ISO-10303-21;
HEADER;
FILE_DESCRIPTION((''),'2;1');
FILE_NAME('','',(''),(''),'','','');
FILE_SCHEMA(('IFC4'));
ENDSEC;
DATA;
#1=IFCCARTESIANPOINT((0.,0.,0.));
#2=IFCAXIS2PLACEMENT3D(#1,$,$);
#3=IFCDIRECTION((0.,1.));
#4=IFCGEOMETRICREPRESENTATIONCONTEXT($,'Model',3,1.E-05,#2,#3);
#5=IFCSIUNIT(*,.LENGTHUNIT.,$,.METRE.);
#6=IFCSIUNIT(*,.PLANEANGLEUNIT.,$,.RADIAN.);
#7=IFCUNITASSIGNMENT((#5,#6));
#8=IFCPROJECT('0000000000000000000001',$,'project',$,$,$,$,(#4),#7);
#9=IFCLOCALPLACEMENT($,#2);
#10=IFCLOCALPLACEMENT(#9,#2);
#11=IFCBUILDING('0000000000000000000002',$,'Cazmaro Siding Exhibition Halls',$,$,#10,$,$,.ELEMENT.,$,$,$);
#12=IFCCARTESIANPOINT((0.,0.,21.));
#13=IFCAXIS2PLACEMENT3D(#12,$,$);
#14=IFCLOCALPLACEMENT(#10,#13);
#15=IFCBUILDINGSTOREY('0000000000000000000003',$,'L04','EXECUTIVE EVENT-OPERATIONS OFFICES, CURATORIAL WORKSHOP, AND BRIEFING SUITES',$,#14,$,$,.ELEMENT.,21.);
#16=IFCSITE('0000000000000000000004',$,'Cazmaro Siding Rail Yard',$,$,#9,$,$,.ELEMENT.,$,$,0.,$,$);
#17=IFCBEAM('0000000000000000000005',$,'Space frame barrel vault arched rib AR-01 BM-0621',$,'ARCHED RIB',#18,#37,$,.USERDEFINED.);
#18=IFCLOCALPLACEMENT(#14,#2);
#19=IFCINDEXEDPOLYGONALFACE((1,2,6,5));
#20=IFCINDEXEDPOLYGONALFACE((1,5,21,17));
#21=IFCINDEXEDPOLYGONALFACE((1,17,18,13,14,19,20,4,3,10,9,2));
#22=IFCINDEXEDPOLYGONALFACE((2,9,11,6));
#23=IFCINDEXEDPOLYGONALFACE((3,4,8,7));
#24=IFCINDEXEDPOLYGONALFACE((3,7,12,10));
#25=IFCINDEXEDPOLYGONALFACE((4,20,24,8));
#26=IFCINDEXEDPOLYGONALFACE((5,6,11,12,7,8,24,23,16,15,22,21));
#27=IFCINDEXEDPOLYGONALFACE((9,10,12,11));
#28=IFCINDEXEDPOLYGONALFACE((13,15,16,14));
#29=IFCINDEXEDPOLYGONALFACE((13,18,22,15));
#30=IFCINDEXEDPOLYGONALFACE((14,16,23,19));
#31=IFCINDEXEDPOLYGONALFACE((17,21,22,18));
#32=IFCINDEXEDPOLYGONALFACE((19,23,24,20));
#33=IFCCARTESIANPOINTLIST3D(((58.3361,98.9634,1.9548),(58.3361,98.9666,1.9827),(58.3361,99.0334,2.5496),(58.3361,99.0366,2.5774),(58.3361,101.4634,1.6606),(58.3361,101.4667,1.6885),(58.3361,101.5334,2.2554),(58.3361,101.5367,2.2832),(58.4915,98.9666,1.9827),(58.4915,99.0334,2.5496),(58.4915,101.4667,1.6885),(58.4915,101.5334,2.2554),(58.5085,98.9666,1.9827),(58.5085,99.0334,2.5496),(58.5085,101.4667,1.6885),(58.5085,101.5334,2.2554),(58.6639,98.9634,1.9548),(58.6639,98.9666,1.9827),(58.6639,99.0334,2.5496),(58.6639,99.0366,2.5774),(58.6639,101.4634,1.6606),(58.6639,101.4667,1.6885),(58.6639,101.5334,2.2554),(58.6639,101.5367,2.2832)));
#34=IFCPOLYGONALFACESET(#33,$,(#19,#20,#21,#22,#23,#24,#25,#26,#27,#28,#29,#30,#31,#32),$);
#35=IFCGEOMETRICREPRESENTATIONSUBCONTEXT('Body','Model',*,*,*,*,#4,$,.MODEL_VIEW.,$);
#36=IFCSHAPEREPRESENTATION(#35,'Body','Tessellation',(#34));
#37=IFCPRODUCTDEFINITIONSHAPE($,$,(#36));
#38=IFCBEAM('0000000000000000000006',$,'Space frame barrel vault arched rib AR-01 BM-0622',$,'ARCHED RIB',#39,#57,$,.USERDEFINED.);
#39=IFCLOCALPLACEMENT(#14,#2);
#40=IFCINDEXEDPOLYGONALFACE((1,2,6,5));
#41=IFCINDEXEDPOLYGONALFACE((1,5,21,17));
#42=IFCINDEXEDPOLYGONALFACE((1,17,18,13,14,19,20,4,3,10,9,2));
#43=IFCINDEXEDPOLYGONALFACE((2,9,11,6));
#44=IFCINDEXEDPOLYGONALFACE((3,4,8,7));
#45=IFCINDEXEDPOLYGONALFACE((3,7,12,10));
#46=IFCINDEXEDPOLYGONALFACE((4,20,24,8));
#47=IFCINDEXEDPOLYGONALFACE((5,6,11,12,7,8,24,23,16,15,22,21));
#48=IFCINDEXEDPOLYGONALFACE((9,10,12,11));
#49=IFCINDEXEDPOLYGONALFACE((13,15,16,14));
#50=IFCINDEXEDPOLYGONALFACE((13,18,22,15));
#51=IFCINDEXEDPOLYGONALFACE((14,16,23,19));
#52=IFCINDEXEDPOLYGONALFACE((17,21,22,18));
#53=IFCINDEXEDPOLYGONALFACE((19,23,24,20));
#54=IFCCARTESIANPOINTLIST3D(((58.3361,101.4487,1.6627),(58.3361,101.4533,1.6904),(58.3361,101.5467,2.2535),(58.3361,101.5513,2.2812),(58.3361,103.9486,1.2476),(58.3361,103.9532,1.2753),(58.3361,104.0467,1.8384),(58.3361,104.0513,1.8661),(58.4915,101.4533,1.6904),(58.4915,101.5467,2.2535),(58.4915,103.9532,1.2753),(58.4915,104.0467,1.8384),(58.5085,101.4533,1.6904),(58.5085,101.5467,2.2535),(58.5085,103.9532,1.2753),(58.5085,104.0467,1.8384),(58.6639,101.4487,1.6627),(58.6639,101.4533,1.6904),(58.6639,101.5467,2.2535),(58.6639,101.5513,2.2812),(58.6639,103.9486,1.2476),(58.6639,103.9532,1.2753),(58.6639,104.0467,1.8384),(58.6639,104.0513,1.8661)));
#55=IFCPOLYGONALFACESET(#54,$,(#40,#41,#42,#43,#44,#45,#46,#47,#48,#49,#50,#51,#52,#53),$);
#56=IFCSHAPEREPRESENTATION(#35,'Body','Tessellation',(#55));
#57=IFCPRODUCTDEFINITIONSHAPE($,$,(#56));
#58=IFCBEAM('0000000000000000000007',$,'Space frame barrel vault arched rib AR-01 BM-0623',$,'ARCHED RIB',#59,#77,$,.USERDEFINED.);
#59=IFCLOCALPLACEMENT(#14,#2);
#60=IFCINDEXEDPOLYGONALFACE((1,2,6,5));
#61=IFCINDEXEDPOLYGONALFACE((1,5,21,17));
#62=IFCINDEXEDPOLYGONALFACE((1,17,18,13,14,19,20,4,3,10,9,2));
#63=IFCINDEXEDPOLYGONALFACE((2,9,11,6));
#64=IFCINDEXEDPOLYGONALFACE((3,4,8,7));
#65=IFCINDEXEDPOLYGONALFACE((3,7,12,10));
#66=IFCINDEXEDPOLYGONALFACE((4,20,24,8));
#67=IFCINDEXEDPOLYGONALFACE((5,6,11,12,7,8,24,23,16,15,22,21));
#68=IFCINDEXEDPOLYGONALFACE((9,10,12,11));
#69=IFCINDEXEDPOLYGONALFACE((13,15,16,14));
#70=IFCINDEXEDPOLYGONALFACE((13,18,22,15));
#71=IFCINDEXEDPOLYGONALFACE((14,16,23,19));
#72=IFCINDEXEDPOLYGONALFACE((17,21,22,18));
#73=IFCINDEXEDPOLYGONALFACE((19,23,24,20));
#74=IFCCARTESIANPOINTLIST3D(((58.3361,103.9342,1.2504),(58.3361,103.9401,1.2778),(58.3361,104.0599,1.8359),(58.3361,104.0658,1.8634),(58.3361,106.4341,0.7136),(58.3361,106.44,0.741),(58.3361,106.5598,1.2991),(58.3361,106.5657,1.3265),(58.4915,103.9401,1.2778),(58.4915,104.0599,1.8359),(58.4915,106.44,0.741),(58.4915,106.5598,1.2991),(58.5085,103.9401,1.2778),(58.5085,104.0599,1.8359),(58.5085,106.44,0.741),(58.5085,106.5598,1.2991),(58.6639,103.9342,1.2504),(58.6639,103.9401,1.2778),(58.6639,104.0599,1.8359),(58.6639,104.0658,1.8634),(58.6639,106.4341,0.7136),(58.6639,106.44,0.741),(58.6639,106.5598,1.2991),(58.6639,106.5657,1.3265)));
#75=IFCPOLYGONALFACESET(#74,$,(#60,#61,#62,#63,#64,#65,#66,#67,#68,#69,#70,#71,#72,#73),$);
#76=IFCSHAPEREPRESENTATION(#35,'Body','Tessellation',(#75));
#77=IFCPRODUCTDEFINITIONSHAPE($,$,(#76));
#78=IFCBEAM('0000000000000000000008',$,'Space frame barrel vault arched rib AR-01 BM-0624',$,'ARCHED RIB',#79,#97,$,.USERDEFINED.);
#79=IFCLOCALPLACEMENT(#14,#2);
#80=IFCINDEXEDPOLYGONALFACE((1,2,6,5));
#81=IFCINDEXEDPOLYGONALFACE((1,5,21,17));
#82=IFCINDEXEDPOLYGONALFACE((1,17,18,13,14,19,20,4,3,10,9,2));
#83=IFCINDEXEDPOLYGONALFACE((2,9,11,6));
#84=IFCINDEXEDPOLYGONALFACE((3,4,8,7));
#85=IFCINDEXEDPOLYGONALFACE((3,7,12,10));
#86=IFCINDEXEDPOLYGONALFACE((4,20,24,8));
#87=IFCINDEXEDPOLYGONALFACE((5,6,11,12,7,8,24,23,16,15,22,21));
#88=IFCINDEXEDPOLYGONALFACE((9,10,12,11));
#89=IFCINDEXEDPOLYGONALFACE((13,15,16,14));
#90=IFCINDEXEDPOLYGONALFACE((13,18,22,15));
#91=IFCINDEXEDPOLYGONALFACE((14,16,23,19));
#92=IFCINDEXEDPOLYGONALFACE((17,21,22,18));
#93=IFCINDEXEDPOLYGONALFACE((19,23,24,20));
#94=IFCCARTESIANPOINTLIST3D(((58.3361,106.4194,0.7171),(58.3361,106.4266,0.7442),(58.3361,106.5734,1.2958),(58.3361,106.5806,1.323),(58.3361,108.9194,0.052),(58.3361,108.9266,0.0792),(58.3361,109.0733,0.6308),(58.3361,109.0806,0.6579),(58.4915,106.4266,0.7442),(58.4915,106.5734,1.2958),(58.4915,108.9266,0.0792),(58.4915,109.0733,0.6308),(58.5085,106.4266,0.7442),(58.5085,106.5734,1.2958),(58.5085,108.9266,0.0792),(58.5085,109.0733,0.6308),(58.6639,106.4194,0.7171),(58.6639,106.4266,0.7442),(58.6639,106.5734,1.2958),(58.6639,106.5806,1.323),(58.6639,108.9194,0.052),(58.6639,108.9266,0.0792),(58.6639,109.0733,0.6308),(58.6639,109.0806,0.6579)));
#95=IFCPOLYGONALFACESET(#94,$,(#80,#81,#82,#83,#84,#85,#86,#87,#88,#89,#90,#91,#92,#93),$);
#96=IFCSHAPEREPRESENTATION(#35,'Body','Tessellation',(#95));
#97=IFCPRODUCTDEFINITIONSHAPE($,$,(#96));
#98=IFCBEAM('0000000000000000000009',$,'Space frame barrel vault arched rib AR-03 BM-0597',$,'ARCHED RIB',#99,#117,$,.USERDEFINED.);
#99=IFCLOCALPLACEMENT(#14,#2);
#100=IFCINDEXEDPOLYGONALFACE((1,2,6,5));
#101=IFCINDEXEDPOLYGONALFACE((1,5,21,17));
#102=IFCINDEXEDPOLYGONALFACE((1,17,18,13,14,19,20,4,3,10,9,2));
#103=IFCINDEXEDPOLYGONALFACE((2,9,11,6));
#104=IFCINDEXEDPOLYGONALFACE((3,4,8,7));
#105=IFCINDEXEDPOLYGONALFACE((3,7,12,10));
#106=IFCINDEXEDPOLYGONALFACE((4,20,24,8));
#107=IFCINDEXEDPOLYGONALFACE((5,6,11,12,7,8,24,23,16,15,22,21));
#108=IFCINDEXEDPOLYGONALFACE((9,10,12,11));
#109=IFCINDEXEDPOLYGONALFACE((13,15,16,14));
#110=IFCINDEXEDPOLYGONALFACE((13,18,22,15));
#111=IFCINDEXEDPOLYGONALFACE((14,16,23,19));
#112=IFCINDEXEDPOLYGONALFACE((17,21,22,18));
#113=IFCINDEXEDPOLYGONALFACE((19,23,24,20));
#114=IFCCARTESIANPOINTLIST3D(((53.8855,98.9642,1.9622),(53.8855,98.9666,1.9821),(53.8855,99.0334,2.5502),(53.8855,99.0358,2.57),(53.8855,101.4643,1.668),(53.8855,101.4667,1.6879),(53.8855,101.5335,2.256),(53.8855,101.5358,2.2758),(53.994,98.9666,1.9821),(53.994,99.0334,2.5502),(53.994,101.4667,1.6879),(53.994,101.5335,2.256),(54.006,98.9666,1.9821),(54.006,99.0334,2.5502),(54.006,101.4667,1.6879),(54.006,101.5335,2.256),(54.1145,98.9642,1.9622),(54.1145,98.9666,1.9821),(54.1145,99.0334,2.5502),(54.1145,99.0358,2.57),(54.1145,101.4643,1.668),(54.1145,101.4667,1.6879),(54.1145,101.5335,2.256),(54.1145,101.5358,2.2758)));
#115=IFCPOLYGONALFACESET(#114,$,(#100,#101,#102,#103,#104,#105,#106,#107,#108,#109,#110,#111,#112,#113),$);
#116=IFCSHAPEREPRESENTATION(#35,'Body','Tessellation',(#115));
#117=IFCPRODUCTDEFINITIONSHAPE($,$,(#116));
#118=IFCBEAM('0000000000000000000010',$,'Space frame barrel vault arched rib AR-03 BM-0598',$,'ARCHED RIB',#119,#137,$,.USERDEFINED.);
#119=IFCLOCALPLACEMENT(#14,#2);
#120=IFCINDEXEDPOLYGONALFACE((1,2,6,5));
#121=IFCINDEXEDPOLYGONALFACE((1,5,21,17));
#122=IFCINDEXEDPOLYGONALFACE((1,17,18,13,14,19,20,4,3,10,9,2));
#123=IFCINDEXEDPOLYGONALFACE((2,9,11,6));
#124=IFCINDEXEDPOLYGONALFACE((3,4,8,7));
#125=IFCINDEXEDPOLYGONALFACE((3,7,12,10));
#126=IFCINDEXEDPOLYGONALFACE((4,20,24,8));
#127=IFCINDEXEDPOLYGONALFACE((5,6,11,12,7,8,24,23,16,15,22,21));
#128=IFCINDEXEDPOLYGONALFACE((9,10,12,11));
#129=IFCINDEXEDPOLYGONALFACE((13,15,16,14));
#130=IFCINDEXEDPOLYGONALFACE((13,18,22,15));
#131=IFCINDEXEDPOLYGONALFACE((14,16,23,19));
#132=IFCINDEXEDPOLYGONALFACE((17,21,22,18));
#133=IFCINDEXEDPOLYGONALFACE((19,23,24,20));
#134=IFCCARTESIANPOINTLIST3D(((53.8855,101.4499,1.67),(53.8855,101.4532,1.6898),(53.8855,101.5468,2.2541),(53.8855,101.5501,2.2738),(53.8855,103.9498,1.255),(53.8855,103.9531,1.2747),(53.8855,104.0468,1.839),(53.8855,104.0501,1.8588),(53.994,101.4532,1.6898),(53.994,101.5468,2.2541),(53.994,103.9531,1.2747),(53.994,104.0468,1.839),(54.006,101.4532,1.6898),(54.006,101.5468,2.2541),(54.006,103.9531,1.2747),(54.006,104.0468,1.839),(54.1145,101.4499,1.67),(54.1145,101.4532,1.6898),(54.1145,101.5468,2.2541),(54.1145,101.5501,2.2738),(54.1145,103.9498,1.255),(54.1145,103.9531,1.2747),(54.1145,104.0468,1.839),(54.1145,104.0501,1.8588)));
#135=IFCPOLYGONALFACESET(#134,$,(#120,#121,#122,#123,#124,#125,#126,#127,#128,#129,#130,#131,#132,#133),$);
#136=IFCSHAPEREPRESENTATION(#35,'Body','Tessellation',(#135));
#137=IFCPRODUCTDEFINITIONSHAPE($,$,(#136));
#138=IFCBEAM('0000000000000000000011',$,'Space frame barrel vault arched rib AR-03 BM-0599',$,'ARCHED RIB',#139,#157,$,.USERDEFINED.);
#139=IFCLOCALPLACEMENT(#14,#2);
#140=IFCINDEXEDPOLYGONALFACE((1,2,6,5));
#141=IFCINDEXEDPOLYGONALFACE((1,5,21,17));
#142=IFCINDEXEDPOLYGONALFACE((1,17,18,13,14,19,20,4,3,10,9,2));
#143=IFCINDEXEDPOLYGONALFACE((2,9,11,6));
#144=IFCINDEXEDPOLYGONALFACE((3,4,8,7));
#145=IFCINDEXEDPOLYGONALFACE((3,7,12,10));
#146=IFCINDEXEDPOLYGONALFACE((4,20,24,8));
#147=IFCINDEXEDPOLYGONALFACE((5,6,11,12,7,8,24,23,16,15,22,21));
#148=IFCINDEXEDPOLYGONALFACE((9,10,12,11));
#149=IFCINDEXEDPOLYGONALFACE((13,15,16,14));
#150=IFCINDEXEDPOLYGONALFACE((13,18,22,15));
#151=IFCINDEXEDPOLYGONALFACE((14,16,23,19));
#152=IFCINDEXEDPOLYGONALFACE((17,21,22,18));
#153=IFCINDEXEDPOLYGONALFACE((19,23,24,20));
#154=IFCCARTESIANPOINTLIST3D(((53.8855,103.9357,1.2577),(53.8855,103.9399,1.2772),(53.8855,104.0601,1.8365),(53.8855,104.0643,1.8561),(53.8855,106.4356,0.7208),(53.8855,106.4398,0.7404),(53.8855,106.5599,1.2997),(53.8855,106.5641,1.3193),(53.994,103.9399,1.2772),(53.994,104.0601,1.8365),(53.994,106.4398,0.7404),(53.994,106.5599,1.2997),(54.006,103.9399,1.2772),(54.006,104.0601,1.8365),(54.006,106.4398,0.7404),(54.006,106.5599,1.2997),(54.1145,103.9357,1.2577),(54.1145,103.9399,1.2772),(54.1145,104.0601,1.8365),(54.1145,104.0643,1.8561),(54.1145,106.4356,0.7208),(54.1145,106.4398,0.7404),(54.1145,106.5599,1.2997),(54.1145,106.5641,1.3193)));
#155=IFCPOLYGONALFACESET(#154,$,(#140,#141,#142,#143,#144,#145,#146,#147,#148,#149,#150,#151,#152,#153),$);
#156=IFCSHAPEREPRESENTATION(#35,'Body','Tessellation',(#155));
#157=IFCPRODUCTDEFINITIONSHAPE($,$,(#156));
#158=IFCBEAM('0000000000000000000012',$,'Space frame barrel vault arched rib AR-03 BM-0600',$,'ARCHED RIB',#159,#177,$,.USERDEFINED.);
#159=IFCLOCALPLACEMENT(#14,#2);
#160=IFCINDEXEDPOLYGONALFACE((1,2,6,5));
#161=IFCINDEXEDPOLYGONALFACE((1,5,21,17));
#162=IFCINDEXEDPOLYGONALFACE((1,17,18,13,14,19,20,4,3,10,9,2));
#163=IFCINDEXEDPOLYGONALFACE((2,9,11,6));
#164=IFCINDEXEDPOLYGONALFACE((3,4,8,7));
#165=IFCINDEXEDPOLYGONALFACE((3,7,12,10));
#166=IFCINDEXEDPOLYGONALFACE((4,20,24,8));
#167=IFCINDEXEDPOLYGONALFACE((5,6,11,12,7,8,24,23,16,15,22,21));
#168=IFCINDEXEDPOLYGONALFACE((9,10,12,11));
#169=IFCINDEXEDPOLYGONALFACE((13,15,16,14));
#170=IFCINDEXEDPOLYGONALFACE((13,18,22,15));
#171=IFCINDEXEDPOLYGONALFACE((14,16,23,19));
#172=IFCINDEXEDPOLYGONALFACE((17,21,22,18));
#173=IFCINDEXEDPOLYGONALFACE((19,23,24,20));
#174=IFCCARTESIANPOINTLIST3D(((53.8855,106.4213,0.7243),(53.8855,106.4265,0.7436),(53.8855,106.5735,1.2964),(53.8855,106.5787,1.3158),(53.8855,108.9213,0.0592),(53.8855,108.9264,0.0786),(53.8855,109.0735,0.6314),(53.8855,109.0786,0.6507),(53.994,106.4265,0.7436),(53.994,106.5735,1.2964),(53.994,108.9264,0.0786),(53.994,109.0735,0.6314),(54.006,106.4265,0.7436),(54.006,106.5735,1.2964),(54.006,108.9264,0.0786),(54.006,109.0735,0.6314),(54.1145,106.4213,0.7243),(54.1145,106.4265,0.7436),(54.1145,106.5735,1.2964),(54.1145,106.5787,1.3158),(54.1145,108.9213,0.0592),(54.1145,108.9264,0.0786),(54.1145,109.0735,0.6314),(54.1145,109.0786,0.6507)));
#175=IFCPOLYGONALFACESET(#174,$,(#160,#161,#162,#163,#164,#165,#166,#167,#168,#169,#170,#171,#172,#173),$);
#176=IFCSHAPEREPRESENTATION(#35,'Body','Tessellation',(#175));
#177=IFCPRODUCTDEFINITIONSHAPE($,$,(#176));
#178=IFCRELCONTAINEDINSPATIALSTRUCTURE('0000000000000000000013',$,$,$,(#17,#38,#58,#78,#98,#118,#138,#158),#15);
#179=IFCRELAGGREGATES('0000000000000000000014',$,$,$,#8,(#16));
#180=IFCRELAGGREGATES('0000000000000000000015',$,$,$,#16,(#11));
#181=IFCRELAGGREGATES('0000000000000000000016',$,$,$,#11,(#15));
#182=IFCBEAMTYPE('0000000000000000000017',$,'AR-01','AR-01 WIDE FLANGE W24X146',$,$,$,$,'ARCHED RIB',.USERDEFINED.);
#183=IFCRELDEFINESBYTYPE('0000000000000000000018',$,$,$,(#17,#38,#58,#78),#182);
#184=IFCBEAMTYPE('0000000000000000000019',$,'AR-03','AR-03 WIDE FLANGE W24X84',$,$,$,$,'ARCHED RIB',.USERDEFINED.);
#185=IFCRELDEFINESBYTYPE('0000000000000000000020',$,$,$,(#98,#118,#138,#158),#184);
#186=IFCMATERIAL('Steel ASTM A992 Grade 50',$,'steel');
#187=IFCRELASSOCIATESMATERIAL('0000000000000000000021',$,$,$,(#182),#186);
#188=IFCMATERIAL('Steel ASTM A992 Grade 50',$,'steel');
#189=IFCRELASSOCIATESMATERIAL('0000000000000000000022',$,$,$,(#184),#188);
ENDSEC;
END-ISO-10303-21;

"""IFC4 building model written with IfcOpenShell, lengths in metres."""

from ifc_helpers import new_model, si_unit, direction, frame, origin, origin_2d, place, context, subcontext, project, spatial, i_section, extrude, material, material_profile, profile_set, type_object, element, save


model = new_model("IFC4")

# Units and contexts
model_context = context("Model", 3, precision=1e-05, world=origin(), true_north=direction((0.0, 1.0)))
body_context = subcontext(model_context, "Body", "Model", "MODEL_VIEW")
ifc_project = project(units=[si_unit("LENGTHUNIT", "METRE"), si_unit("PLANEANGLEUNIT", "RADIAN")], contexts=[model_context])

# Site, building, storey
site_placement = place(None, origin())
site = spatial("IfcSite", under=ifc_project, at=site_placement, Name="Cazmaro Siding Rail Yard", CompositionType="ELEMENT", RefElevation=0.0)
building_placement = place(site_placement, origin())
building = spatial("IfcBuilding", under=site, at=building_placement, Name="Cazmaro Siding Exhibition Halls", CompositionType="ELEMENT")
storey_placement = place(building_placement, frame((0.0, 0.0, 21.0)))
storey = spatial("IfcBuildingStorey", under=building, at=storey_placement, Name="L04", Description="EXECUTIVE EVENT-OPERATIONS OFFICES, CURATORIAL WORKSHOP, AND BRIEFING SUITES", CompositionType="ELEMENT", Elevation=21.0)

# Beams
ifc_material_1 = material(Name="Steel ASTM A992 Grade 50", Category="steel")
ifc_material_profile_1 = material_profile(ifc_material_1, i_section(OverallWidth=0.3279, OverallDepth=0.627, WebThickness=0.0171, FlangeThickness=0.0281, at=origin_2d()), Name="W24X146")
ifc_profile_set_1 = profile_set([ifc_material_profile_1], Name="Steel ASTM A992 Grade 50")
beam_type_1 = type_object("IfcBeamType", Name="AR-01", Description="AR-01 WIDE FLANGE W24X146", ElementType="ARCHED RIB", PredefinedType="USERDEFINED", material=ifc_profile_set_1)
beam_1_placement = place(storey_placement, frame((58.5, 99.0, 2.2661), z_axis=(0.0, 0.993147, -0.116869), x_axis=(-1.0, 0.0, 0.0)))
element("IfcBeam", 1, at=beam_1_placement, inside=storey, type_object=beam_type_1, Name="Space frame barrel vault arched rib AR-01 BM-0621", ObjectType="ARCHED RIB", PredefinedType="USERDEFINED", context=body_context, shape_type="SweptSolid", body=[
    extrude(i_section(OverallWidth=0.3279, OverallDepth=0.627, WebThickness=0.0171, FlangeThickness=0.0281, at=origin_2d()), origin(), (0.0, 0.0, 1.0), 2.5173),
])
beam_2_placement = place(storey_placement, frame((58.5, 101.5, 1.9719), z_axis=(0.0, 0.986498, -0.163774), x_axis=(-1.0, 0.0, 0.0)))
element("IfcBeam", 2, at=beam_2_placement, inside=storey, type_object=beam_type_1, Name="Space frame barrel vault arched rib AR-01 BM-0622", ObjectType="ARCHED RIB", PredefinedType="USERDEFINED", context=body_context, shape_type="SweptSolid", body=[
    extrude(i_section(OverallWidth=0.3279, OverallDepth=0.627, WebThickness=0.0171, FlangeThickness=0.0281, at=origin_2d()), origin(), (0.0, 0.0, 1.0), 2.5342),
])
beam_3_placement = place(storey_placement, frame((58.5, 104.0, 1.5569), z_axis=(0.0, 0.97771, -0.209959), x_axis=(-1.0, 0.0, 0.0)))
element("IfcBeam", 3, at=beam_3_placement, inside=storey, type_object=beam_type_1, Name="Space frame barrel vault arched rib AR-01 BM-0623", ObjectType="ARCHED RIB", PredefinedType="USERDEFINED", context=body_context, shape_type="SweptSolid", body=[
    extrude(i_section(OverallWidth=0.3279, OverallDepth=0.627, WebThickness=0.0171, FlangeThickness=0.0281, at=origin_2d()), origin(), (0.0, 0.0, 1.0), 2.5569),
])
beam_4_placement = place(storey_placement, frame((58.5, 106.5, 1.02), z_axis=(0.0, 0.966391, -0.257075), x_axis=(-1.0, 0.0, 0.0)))
element("IfcBeam", 4, at=beam_4_placement, inside=storey, type_object=beam_type_1, Name="Space frame barrel vault arched rib AR-01 BM-0624", ObjectType="ARCHED RIB", PredefinedType="USERDEFINED", context=body_context, shape_type="SweptSolid", body=[
    extrude(i_section(OverallWidth=0.3279, OverallDepth=0.627, WebThickness=0.0171, FlangeThickness=0.0281, at=origin_2d()), origin(), (0.0, 0.0, 1.0), 2.5869),
])
ifc_material_2 = material(Name="Steel ASTM A992 Grade 50", Category="steel")
ifc_material_profile_2 = material_profile(ifc_material_2, i_section(OverallWidth=0.229, OverallDepth=0.6121, WebThickness=0.012, FlangeThickness=0.02, at=origin_2d()), Name="W24X84")
ifc_profile_set_2 = profile_set([ifc_material_profile_2], Name="Steel ASTM A992 Grade 50")
beam_type_2 = type_object("IfcBeamType", Name="AR-03", Description="AR-03 WIDE FLANGE W24X84", ElementType="ARCHED RIB", PredefinedType="USERDEFINED", material=ifc_profile_set_2)
beam_5_placement = place(storey_placement, frame((54.0, 99.0, 2.2661), z_axis=(0.0, 0.993147, -0.116869), x_axis=(-1.0, 0.0, 0.0)))
element("IfcBeam", 5, at=beam_5_placement, inside=storey, type_object=beam_type_2, Name="Space frame barrel vault arched rib AR-03 BM-0597", ObjectType="ARCHED RIB", PredefinedType="USERDEFINED", context=body_context, shape_type="SweptSolid", body=[
    extrude(i_section(OverallWidth=0.229, OverallDepth=0.6121, WebThickness=0.012, FlangeThickness=0.02, at=origin_2d()), origin(), (0.0, 0.0, 1.0), 2.5173),
])
beam_6_placement = place(storey_placement, frame((54.0, 101.5, 1.9719), z_axis=(0.0, 0.986498, -0.163774), x_axis=(-1.0, 0.0, 0.0)))
element("IfcBeam", 6, at=beam_6_placement, inside=storey, type_object=beam_type_2, Name="Space frame barrel vault arched rib AR-03 BM-0598", ObjectType="ARCHED RIB", PredefinedType="USERDEFINED", context=body_context, shape_type="SweptSolid", body=[
    extrude(i_section(OverallWidth=0.229, OverallDepth=0.6121, WebThickness=0.012, FlangeThickness=0.02, at=origin_2d()), origin(), (0.0, 0.0, 1.0), 2.5342),
])
beam_7_placement = place(storey_placement, frame((54.0, 104.0, 1.5569), z_axis=(0.0, 0.97771, -0.209959), x_axis=(-1.0, 0.0, 0.0)))
element("IfcBeam", 7, at=beam_7_placement, inside=storey, type_object=beam_type_2, Name="Space frame barrel vault arched rib AR-03 BM-0599", ObjectType="ARCHED RIB", PredefinedType="USERDEFINED", context=body_context, shape_type="SweptSolid", body=[
    extrude(i_section(OverallWidth=0.229, OverallDepth=0.6121, WebThickness=0.012, FlangeThickness=0.02, at=origin_2d()), origin(), (0.0, 0.0, 1.0), 2.5569),
])
beam_8_placement = place(storey_placement, frame((54.0, 106.5, 1.02), z_axis=(0.0, 0.966391, -0.257075), x_axis=(-1.0, 0.0, 0.0)))
element("IfcBeam", 8, at=beam_8_placement, inside=storey, type_object=beam_type_2, Name="Space frame barrel vault arched rib AR-03 BM-0600", ObjectType="ARCHED RIB", PredefinedType="USERDEFINED", context=body_context, shape_type="SweptSolid", body=[
    extrude(i_section(OverallWidth=0.229, OverallDepth=0.6121, WebThickness=0.012, FlangeThickness=0.02, at=origin_2d()), origin(), (0.0, 0.0, 1.0), 2.5869),
])

save(model, "model.ifc")
